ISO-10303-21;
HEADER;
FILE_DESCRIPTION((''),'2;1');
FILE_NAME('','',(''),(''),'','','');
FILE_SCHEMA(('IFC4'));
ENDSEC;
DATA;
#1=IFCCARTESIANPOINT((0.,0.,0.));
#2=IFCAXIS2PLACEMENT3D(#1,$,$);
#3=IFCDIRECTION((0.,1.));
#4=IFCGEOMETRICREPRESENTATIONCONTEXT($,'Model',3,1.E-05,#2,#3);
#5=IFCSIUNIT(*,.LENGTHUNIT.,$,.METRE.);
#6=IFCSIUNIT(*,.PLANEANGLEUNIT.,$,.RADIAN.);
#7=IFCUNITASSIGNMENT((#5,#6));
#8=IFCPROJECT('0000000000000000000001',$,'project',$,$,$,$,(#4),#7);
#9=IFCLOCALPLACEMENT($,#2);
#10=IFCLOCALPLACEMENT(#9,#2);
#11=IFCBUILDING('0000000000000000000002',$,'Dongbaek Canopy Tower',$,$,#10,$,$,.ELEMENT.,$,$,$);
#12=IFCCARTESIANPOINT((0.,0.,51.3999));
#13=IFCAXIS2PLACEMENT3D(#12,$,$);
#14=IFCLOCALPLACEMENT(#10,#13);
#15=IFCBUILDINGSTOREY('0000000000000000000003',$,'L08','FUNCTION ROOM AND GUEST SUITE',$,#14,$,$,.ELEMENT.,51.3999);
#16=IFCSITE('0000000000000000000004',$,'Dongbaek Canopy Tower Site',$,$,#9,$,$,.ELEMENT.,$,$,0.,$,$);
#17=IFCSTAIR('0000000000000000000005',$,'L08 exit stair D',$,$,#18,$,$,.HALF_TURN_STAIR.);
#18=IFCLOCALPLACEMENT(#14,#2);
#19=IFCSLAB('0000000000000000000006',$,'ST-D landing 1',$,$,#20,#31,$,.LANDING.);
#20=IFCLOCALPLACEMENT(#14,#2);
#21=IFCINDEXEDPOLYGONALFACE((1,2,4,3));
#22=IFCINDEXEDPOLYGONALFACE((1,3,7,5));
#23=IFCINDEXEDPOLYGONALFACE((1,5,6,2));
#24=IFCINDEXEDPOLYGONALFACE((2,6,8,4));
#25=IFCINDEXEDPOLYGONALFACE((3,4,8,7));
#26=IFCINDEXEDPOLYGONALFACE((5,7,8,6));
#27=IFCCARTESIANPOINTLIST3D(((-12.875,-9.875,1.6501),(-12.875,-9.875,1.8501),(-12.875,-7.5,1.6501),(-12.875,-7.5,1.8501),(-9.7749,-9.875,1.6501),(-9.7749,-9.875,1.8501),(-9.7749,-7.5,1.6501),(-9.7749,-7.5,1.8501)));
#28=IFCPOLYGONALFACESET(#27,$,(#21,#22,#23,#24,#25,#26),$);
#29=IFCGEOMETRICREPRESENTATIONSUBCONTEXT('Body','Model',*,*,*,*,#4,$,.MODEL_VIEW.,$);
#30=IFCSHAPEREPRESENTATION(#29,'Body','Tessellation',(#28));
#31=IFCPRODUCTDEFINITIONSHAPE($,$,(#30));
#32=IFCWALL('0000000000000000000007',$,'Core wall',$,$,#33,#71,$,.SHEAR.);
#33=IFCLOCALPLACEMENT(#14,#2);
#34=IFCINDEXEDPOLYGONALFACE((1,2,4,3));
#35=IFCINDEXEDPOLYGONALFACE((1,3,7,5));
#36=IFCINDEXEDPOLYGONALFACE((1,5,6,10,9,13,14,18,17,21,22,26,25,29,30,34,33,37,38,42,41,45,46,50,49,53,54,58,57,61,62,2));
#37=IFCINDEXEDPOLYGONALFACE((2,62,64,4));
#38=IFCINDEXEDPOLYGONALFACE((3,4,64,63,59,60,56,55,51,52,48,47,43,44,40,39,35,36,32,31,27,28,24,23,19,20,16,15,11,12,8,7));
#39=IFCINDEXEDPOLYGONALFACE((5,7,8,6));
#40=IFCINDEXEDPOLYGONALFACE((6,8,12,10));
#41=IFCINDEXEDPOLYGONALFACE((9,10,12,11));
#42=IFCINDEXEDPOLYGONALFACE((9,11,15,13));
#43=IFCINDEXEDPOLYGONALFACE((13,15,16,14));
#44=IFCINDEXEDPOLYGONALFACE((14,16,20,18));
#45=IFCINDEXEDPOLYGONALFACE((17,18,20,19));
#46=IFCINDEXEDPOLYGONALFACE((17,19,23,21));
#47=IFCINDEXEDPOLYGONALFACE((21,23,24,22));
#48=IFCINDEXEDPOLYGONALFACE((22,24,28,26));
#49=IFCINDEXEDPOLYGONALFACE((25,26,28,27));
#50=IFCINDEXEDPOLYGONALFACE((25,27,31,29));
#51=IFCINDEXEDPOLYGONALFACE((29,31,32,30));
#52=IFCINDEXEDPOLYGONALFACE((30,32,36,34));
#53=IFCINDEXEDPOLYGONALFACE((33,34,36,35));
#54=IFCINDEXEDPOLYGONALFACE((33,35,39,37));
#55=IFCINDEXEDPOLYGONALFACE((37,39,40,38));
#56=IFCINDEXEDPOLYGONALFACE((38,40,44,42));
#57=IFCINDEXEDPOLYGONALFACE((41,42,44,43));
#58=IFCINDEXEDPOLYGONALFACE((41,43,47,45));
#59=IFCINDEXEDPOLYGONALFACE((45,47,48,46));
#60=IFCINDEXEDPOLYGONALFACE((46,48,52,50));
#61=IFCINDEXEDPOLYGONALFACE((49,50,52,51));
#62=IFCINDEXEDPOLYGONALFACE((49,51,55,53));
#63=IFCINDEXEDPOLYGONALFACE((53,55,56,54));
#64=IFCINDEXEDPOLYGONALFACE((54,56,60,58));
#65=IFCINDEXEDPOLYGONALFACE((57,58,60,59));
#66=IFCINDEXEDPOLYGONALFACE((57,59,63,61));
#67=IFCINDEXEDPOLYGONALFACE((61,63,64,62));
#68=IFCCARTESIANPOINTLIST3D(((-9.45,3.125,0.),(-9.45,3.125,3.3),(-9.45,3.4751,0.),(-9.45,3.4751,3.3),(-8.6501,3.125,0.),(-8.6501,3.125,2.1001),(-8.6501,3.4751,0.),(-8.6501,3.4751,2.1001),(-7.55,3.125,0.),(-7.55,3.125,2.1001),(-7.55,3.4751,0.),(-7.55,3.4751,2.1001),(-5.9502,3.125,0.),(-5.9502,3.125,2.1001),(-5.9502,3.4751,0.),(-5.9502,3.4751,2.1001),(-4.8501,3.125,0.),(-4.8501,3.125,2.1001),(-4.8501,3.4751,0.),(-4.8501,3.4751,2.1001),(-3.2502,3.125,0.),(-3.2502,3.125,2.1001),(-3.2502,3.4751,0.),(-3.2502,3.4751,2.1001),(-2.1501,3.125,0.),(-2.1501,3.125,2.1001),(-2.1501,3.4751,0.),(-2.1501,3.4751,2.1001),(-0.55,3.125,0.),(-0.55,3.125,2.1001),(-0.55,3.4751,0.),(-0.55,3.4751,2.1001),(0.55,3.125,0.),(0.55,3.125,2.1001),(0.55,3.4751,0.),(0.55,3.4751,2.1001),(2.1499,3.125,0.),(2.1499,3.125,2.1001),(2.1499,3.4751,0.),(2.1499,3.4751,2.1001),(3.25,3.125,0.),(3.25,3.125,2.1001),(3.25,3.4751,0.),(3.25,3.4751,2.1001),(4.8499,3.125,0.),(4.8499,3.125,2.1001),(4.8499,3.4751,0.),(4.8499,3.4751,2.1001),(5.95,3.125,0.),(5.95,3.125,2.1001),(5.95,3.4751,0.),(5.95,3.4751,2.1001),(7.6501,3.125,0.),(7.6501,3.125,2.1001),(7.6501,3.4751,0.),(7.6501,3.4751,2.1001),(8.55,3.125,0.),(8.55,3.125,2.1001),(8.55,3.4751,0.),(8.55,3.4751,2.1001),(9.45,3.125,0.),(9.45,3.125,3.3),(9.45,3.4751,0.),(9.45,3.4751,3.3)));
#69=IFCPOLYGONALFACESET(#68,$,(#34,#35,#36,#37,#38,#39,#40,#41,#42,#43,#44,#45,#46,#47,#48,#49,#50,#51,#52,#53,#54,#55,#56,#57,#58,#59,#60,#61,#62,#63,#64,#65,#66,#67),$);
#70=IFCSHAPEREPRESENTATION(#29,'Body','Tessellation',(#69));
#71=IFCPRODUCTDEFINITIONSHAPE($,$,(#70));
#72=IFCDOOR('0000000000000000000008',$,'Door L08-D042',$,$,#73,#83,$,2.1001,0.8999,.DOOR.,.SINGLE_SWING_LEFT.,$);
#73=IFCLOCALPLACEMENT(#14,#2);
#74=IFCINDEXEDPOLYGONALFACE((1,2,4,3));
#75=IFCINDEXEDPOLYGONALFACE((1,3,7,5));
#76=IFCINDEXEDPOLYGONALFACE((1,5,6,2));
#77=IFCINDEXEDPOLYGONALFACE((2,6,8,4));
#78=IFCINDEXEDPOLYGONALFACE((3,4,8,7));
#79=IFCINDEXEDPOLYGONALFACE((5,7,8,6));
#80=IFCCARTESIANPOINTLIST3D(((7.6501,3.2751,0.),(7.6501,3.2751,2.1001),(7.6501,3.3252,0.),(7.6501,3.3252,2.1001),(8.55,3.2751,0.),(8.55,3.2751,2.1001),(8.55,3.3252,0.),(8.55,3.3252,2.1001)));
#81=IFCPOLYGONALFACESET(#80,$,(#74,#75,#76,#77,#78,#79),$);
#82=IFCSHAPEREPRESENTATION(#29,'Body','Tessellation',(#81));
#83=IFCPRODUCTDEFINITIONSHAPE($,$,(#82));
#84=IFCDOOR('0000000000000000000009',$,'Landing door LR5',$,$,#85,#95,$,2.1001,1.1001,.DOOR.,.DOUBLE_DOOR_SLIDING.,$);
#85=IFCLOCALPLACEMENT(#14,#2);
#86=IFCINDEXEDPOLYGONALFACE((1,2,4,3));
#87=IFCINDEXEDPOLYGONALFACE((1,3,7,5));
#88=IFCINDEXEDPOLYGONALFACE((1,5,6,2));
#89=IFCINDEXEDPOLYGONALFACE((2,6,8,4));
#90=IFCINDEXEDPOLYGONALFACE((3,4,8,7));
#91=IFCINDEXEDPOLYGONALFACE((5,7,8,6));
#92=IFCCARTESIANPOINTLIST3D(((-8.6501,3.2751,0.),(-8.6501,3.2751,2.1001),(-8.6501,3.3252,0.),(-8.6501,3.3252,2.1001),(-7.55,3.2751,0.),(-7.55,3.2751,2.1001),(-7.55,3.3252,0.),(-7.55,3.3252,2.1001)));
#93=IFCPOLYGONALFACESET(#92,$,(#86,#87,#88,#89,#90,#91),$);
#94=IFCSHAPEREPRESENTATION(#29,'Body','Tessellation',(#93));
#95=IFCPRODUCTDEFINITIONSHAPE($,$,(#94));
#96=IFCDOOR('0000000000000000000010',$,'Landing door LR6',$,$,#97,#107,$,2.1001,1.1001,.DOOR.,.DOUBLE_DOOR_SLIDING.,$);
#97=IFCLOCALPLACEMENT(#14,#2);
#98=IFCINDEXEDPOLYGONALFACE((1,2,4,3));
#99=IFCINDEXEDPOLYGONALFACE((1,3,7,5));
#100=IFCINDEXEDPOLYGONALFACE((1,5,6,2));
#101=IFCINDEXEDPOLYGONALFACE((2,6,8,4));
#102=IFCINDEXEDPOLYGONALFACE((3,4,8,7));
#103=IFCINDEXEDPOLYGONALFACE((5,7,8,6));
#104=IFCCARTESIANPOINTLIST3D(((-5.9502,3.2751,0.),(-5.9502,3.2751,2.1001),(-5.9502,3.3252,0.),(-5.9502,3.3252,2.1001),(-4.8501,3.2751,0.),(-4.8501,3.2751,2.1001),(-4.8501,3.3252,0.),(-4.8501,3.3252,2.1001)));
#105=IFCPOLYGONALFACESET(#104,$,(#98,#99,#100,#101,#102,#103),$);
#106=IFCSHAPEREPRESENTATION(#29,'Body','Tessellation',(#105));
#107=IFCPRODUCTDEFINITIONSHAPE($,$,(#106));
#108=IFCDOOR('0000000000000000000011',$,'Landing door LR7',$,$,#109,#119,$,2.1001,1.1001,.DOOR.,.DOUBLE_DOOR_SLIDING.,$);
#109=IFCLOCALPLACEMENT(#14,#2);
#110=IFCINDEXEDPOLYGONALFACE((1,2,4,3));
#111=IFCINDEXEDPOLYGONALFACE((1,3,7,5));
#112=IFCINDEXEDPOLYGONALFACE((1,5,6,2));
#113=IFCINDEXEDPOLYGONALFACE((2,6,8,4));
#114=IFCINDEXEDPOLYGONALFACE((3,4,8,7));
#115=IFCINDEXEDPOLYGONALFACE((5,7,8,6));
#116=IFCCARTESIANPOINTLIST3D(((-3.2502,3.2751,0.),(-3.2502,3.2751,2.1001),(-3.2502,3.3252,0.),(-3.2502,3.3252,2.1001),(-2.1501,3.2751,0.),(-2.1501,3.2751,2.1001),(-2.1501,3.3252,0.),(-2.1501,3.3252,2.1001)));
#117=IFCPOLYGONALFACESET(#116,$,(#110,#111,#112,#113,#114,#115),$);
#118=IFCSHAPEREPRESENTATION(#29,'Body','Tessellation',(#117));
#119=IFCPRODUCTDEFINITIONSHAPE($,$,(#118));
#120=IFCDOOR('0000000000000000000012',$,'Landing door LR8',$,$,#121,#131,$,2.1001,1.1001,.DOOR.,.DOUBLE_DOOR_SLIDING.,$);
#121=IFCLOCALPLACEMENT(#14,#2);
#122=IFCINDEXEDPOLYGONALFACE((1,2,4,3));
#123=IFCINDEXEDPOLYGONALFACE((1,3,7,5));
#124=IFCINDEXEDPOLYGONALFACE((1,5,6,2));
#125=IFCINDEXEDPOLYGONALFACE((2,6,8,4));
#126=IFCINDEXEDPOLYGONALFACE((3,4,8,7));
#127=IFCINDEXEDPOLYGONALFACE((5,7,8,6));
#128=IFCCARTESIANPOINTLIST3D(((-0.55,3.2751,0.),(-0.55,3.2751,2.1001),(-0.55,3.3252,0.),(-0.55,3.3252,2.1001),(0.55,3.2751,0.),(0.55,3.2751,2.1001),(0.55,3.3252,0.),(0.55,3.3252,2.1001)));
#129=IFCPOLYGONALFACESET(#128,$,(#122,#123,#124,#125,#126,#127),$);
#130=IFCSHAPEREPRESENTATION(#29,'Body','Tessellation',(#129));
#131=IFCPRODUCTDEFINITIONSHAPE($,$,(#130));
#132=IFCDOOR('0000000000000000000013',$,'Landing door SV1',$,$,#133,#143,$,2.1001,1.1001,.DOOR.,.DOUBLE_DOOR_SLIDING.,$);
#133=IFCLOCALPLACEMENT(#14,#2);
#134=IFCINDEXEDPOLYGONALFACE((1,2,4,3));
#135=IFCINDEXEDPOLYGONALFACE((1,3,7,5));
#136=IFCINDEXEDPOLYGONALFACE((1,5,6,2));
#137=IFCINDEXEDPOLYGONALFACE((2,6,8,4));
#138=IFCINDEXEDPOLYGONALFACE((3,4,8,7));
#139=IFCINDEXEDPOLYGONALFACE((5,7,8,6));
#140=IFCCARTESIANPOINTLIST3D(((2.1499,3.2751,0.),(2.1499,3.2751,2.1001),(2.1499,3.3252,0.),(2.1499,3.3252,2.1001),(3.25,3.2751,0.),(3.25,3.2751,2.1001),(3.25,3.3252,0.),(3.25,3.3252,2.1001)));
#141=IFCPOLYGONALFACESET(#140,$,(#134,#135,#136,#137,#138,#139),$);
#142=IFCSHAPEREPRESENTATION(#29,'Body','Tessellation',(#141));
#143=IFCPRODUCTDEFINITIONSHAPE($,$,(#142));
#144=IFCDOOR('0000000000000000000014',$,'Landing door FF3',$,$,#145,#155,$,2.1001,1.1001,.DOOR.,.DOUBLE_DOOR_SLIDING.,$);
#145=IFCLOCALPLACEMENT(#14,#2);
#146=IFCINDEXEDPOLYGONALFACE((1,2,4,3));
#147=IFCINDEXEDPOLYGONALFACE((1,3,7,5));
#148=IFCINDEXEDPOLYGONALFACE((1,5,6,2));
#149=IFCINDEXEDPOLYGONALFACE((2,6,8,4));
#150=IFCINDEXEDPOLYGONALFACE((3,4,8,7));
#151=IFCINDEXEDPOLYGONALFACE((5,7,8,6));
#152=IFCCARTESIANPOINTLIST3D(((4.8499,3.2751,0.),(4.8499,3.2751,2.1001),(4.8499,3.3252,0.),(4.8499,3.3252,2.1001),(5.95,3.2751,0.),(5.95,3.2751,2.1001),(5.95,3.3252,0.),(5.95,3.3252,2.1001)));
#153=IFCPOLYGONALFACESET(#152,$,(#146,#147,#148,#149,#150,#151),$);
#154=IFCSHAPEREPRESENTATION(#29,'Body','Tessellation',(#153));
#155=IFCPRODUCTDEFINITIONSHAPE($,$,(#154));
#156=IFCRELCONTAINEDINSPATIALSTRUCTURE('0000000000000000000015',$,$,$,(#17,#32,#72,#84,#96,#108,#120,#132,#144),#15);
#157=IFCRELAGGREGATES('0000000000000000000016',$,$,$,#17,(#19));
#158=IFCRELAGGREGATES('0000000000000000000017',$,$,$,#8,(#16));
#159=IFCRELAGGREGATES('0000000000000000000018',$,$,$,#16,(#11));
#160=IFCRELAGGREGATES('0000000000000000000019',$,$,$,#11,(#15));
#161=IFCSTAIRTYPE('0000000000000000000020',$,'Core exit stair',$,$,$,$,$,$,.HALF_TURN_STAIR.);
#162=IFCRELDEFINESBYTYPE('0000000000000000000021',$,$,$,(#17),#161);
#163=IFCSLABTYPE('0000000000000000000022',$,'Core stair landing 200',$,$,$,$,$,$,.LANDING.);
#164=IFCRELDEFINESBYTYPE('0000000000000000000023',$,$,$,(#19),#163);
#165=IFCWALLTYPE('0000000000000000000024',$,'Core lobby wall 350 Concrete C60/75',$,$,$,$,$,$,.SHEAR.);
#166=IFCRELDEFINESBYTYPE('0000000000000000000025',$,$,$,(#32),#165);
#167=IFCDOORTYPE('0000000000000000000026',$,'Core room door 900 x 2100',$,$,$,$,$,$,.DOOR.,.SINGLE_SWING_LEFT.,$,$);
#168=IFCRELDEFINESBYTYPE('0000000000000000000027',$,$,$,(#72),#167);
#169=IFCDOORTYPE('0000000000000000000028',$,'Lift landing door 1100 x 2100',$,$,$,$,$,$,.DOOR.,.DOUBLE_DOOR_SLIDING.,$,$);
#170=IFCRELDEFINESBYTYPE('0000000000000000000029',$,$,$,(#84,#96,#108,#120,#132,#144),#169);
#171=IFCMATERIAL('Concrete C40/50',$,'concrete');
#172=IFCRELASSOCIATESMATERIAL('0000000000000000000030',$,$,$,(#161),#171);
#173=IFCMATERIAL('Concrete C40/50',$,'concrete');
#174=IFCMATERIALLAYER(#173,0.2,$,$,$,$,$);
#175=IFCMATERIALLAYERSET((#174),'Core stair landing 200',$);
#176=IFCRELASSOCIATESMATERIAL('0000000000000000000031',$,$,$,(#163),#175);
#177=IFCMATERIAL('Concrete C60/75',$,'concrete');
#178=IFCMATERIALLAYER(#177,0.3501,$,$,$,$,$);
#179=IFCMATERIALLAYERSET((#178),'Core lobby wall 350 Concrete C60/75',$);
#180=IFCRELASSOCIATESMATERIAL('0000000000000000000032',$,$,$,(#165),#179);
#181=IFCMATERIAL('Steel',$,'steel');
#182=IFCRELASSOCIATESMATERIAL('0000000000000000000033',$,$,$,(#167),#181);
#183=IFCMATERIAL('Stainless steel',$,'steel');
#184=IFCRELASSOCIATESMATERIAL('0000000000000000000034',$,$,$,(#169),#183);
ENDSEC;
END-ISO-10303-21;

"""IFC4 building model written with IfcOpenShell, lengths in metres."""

from ifc_helpers import new_model, si_unit, direction, frame, frame_2d, origin, place, context, subcontext, project, spatial, polyline, rectangle, outline, extrude, material, layer, layer_set, type_object, element, fill, aggregate, save


model = new_model("IFC4")

# Units and contexts
model_context = context("Model", 3, precision=1e-05, world=origin(), true_north=direction((0.0, 1.0)))
body_context = subcontext(model_context, "Body", "Model", "MODEL_VIEW")
ifc_project = project(units=[si_unit("LENGTHUNIT", "METRE"), si_unit("PLANEANGLEUNIT", "RADIAN")], contexts=[model_context])

# Site, building, storey
site_placement = place(None, origin())
site = spatial("IfcSite", under=ifc_project, at=site_placement, Name="Dongbaek Canopy Tower Site", CompositionType="ELEMENT", RefElevation=0.0)
building_placement = place(site_placement, origin())
building = spatial("IfcBuilding", under=site, at=building_placement, Name="Dongbaek Canopy Tower", CompositionType="ELEMENT")
storey_placement = place(building_placement, frame((0.0, 0.0, 51.3999)))
storey = spatial("IfcBuildingStorey", under=building, at=storey_placement, Name="L08", Description="FUNCTION ROOM AND GUEST SUITE", CompositionType="ELEMENT", Elevation=51.3999)

# Stair, slab
ifc_material_1 = material(Name="Concrete C40/50", Category="concrete")
stair_type = type_object("IfcStairType", Name="Core exit stair", PredefinedType="HALF_TURN_STAIR", material=ifc_material_1)
stair_placement = place(storey_placement, origin())
stair = element("IfcStair", 1, at=stair_placement, inside=storey, type_object=stair_type, Name="L08 exit stair D", PredefinedType="HALF_TURN_STAIR")
ifc_material_2 = material(Name="Concrete C40/50", Category="concrete")
ifc_layer_1 = layer(ifc_material_2, 0.2)
ifc_layer_set_1 = layer_set([ifc_layer_1], Name="Core stair landing 200")
slab_type = type_object("IfcSlabType", Name="Core stair landing 200", PredefinedType="LANDING", material=ifc_layer_set_1)
slab_placement = place(storey_placement, frame((0.0, 0.0, 1.6501)))
slab = element("IfcSlab", 2, at=slab_placement, type_object=slab_type, Name="ST-D landing 1", PredefinedType="LANDING", context=body_context, shape_type="SweptSolid", body=[
    extrude(outline(polyline([(-12.875, -7.5), (-12.875, -9.875), (-9.7749, -9.875), (-9.7749, -7.5), (-12.875, -7.5)])), origin(), (0.0, 0.0, 1.0), 0.2),
])
aggregate(stair, [slab])

# Wall, openings, doors
ifc_material_3 = material(Name="Concrete C60/75", Category="concrete")
ifc_layer_2 = layer(ifc_material_3, 0.3501)
ifc_layer_set_2 = layer_set([ifc_layer_2], Name="Core lobby wall 350 Concrete C60/75")
wall_type_1 = type_object("IfcWallType", Name="Core lobby wall 350 Concrete C60/75", PredefinedType="SHEAR", material=ifc_layer_set_2)
wall_1_placement = place(storey_placement, frame((9.45, 3.3, 0.0), z_axis=(0.0, 0.0, 1.0), x_axis=(-1.0, 0.0, 0.0)))
wall_1 = element("IfcWall", 3, at=wall_1_placement, inside=storey, type_object=wall_type_1, Name="Core wall", PredefinedType="SHEAR", context=body_context, shape_type="SweptSolid", body=[
    extrude(rectangle(XDim=18.8999, YDim=0.3501, at=frame_2d((9.45, 0.0))), origin(), (0.0, 0.0, 1.0), 3.3),
])
opening_1_placement = place(wall_1_placement, frame((17.0, 0.0, 0.0)))
opening_1 = element("IfcOpeningElement", 4, at=opening_1_placement, cuts=wall_1, PredefinedType="OPENING", context=body_context, shape_type="SweptSolid", body=[
    extrude(rectangle(XDim=1.1001, YDim=2.1001, at=frame_2d((0.55, 1.05))), frame((0.0, 0.1851, 0.0), z_axis=(0.0, -1.0, 0.0), x_axis=(1.0, 0.0, 0.0)), (0.0, 0.0, 1.0), 0.3701),
])
opening_2_placement = place(wall_1_placement, frame((14.3, 0.0, 0.0)))
opening_2 = element("IfcOpeningElement", 5, at=opening_2_placement, cuts=wall_1, PredefinedType="OPENING", context=body_context, shape_type="SweptSolid", body=[
    extrude(rectangle(XDim=1.1001, YDim=2.1001, at=frame_2d((0.55, 1.05))), frame((0.0, 0.1851, 0.0), z_axis=(0.0, -1.0, 0.0), x_axis=(1.0, 0.0, 0.0)), (0.0, 0.0, 1.0), 0.3701),
])
opening_3_placement = place(wall_1_placement, frame((11.6001, 0.0, 0.0)))
opening_3 = element("IfcOpeningElement", 6, at=opening_3_placement, cuts=wall_1, PredefinedType="OPENING", context=body_context, shape_type="SweptSolid", body=[
    extrude(rectangle(XDim=1.1001, YDim=2.1001, at=frame_2d((0.55, 1.05))), frame((0.0, 0.1851, 0.0), z_axis=(0.0, -1.0, 0.0), x_axis=(1.0, 0.0, 0.0)), (0.0, 0.0, 1.0), 0.3701),
])
opening_4_placement = place(wall_1_placement, frame((8.8999, 0.0, 0.0)))
opening_4 = element("IfcOpeningElement", 7, at=opening_4_placement, cuts=wall_1, PredefinedType="OPENING", context=body_context, shape_type="SweptSolid", body=[
    extrude(rectangle(XDim=1.1001, YDim=2.1001, at=frame_2d((0.55, 1.05))), frame((0.0, 0.1851, 0.0), z_axis=(0.0, -1.0, 0.0), x_axis=(1.0, 0.0, 0.0)), (0.0, 0.0, 1.0), 0.3701),
])
opening_5_placement = place(wall_1_placement, frame((6.2, 0.0, 0.0)))
opening_5 = element("IfcOpeningElement", 8, at=opening_5_placement, cuts=wall_1, PredefinedType="OPENING", context=body_context, shape_type="SweptSolid", body=[
    extrude(rectangle(XDim=1.1001, YDim=2.1001, at=frame_2d((0.55, 1.05))), frame((0.0, 0.1851, 0.0), z_axis=(0.0, -1.0, 0.0), x_axis=(1.0, 0.0, 0.0)), (0.0, 0.0, 1.0), 0.3701),
])
opening_6_placement = place(wall_1_placement, frame((3.5, 0.0, 0.0)))
opening_6 = element("IfcOpeningElement", 9, at=opening_6_placement, cuts=wall_1, PredefinedType="OPENING", context=body_context, shape_type="SweptSolid", body=[
    extrude(rectangle(XDim=1.1001, YDim=2.1001, at=frame_2d((0.55, 1.05))), frame((0.0, 0.1851, 0.0), z_axis=(0.0, -1.0, 0.0), x_axis=(1.0, 0.0, 0.0)), (0.0, 0.0, 1.0), 0.3701),
])
opening_7_placement = place(wall_1_placement, frame((0.8999, 0.0, 0.0)))
opening_7 = element("IfcOpeningElement", 10, at=opening_7_placement, cuts=wall_1, PredefinedType="OPENING", context=body_context, shape_type="SweptSolid", body=[
    extrude(rectangle(XDim=0.8999, YDim=2.1001, at=frame_2d((0.45, 1.05))), frame((0.0, 0.1851, 0.0), z_axis=(0.0, -1.0, 0.0), x_axis=(1.0, 0.0, 0.0)), (0.0, 0.0, 1.0), 0.3701),
])
ifc_material_4 = material(Name="Steel", Category="steel")
door_type_1 = type_object("IfcDoorType", Name="Core room door 900 x 2100", OperationType="SINGLE_SWING_LEFT", PredefinedType="DOOR", material=ifc_material_4)
door_1_placement = place(opening_7_placement, origin())
door_1 = element("IfcDoor", 11, at=door_1_placement, inside=storey, type_object=door_type_1, Name="Door L08-D042", OperationType="SINGLE_SWING_LEFT", OverallHeight=2.1001, OverallWidth=0.8999, PredefinedType="DOOR", context=body_context, shape_type="SweptSolid", body=[
    extrude(rectangle(XDim=0.8999, YDim=2.1001, at=frame_2d((0.45, 1.05))), frame((0.0, 0.0249, 0.0), z_axis=(0.0, -1.0, 0.0), x_axis=(1.0, 0.0, 0.0)), (0.0, 0.0, 1.0), 0.05),
])
fill(opening_7, door_1)
ifc_material_5 = material(Name="Stainless steel", Category="steel")
door_type_2 = type_object("IfcDoorType", Name="Lift landing door 1100 x 2100", OperationType="DOUBLE_DOOR_SLIDING", PredefinedType="DOOR", material=ifc_material_5)
door_2_placement = place(opening_1_placement, origin())
door_2 = element("IfcDoor", 12, at=door_2_placement, inside=storey, type_object=door_type_2, Name="Landing door LR5", OperationType="DOUBLE_DOOR_SLIDING", OverallHeight=2.1001, OverallWidth=1.1001, PredefinedType="DOOR", context=body_context, shape_type="SweptSolid", body=[
    extrude(rectangle(XDim=1.1001, YDim=2.1001, at=frame_2d((0.55, 1.05))), frame((0.0, 0.0249, 0.0), z_axis=(0.0, -1.0, 0.0), x_axis=(1.0, 0.0, 0.0)), (0.0, 0.0, 1.0), 0.05),
])
fill(opening_1, door_2)
door_3_placement = place(opening_2_placement, origin())
door_3 = element("IfcDoor", 13, at=door_3_placement, inside=storey, type_object=door_type_2, Name="Landing door LR6", OperationType="DOUBLE_DOOR_SLIDING", OverallHeight=2.1001, OverallWidth=1.1001, PredefinedType="DOOR", context=body_context, shape_type="SweptSolid", body=[
    extrude(rectangle(XDim=1.1001, YDim=2.1001, at=frame_2d((0.55, 1.05))), frame((0.0, 0.0249, 0.0), z_axis=(0.0, -1.0, 0.0), x_axis=(1.0, 0.0, 0.0)), (0.0, 0.0, 1.0), 0.05),
])
fill(opening_2, door_3)
door_4_placement = place(opening_3_placement, origin())
door_4 = element("IfcDoor", 14, at=door_4_placement, inside=storey, type_object=door_type_2, Name="Landing door LR7", OperationType="DOUBLE_DOOR_SLIDING", OverallHeight=2.1001, OverallWidth=1.1001, PredefinedType="DOOR", context=body_context, shape_type="SweptSolid", body=[
    extrude(rectangle(XDim=1.1001, YDim=2.1001, at=frame_2d((0.55, 1.05))), frame((0.0, 0.0249, 0.0), z_axis=(0.0, -1.0, 0.0), x_axis=(1.0, 0.0, 0.0)), (0.0, 0.0, 1.0), 0.05),
])
fill(opening_3, door_4)
door_5_placement = place(opening_4_placement, origin())
door_5 = element("IfcDoor", 15, at=door_5_placement, inside=storey, type_object=door_type_2, Name="Landing door LR8", OperationType="DOUBLE_DOOR_SLIDING", OverallHeight=2.1001, OverallWidth=1.1001, PredefinedType="DOOR", context=body_context, shape_type="SweptSolid", body=[
    extrude(rectangle(XDim=1.1001, YDim=2.1001, at=frame_2d((0.55, 1.05))), frame((0.0, 0.0249, 0.0), z_axis=(0.0, -1.0, 0.0), x_axis=(1.0, 0.0, 0.0)), (0.0, 0.0, 1.0), 0.05),
])
fill(opening_4, door_5)
door_6_placement = place(opening_5_placement, origin())
door_6 = element("IfcDoor", 16, at=door_6_placement, inside=storey, type_object=door_type_2, Name="Landing door SV1", OperationType="DOUBLE_DOOR_SLIDING", OverallHeight=2.1001, OverallWidth=1.1001, PredefinedType="DOOR", context=body_context, shape_type="SweptSolid", body=[
    extrude(rectangle(XDim=1.1001, YDim=2.1001, at=frame_2d((0.55, 1.05))), frame((0.0, 0.0249, 0.0), z_axis=(0.0, -1.0, 0.0), x_axis=(1.0, 0.0, 0.0)), (0.0, 0.0, 1.0), 0.05),
])
fill(opening_5, door_6)
door_7_placement = place(opening_6_placement, origin())
door_7 = element("IfcDoor", 17, at=door_7_placement, inside=storey, type_object=door_type_2, Name="Landing door FF3", OperationType="DOUBLE_DOOR_SLIDING", OverallHeight=2.1001, OverallWidth=1.1001, PredefinedType="DOOR", context=body_context, shape_type="SweptSolid", body=[
    extrude(rectangle(XDim=1.1001, YDim=2.1001, at=frame_2d((0.55, 1.05))), frame((0.0, 0.0249, 0.0), z_axis=(0.0, -1.0, 0.0), x_axis=(1.0, 0.0, 0.0)), (0.0, 0.0, 1.0), 0.05),
])
fill(opening_6, door_7)

save(model, "model.ifc")
